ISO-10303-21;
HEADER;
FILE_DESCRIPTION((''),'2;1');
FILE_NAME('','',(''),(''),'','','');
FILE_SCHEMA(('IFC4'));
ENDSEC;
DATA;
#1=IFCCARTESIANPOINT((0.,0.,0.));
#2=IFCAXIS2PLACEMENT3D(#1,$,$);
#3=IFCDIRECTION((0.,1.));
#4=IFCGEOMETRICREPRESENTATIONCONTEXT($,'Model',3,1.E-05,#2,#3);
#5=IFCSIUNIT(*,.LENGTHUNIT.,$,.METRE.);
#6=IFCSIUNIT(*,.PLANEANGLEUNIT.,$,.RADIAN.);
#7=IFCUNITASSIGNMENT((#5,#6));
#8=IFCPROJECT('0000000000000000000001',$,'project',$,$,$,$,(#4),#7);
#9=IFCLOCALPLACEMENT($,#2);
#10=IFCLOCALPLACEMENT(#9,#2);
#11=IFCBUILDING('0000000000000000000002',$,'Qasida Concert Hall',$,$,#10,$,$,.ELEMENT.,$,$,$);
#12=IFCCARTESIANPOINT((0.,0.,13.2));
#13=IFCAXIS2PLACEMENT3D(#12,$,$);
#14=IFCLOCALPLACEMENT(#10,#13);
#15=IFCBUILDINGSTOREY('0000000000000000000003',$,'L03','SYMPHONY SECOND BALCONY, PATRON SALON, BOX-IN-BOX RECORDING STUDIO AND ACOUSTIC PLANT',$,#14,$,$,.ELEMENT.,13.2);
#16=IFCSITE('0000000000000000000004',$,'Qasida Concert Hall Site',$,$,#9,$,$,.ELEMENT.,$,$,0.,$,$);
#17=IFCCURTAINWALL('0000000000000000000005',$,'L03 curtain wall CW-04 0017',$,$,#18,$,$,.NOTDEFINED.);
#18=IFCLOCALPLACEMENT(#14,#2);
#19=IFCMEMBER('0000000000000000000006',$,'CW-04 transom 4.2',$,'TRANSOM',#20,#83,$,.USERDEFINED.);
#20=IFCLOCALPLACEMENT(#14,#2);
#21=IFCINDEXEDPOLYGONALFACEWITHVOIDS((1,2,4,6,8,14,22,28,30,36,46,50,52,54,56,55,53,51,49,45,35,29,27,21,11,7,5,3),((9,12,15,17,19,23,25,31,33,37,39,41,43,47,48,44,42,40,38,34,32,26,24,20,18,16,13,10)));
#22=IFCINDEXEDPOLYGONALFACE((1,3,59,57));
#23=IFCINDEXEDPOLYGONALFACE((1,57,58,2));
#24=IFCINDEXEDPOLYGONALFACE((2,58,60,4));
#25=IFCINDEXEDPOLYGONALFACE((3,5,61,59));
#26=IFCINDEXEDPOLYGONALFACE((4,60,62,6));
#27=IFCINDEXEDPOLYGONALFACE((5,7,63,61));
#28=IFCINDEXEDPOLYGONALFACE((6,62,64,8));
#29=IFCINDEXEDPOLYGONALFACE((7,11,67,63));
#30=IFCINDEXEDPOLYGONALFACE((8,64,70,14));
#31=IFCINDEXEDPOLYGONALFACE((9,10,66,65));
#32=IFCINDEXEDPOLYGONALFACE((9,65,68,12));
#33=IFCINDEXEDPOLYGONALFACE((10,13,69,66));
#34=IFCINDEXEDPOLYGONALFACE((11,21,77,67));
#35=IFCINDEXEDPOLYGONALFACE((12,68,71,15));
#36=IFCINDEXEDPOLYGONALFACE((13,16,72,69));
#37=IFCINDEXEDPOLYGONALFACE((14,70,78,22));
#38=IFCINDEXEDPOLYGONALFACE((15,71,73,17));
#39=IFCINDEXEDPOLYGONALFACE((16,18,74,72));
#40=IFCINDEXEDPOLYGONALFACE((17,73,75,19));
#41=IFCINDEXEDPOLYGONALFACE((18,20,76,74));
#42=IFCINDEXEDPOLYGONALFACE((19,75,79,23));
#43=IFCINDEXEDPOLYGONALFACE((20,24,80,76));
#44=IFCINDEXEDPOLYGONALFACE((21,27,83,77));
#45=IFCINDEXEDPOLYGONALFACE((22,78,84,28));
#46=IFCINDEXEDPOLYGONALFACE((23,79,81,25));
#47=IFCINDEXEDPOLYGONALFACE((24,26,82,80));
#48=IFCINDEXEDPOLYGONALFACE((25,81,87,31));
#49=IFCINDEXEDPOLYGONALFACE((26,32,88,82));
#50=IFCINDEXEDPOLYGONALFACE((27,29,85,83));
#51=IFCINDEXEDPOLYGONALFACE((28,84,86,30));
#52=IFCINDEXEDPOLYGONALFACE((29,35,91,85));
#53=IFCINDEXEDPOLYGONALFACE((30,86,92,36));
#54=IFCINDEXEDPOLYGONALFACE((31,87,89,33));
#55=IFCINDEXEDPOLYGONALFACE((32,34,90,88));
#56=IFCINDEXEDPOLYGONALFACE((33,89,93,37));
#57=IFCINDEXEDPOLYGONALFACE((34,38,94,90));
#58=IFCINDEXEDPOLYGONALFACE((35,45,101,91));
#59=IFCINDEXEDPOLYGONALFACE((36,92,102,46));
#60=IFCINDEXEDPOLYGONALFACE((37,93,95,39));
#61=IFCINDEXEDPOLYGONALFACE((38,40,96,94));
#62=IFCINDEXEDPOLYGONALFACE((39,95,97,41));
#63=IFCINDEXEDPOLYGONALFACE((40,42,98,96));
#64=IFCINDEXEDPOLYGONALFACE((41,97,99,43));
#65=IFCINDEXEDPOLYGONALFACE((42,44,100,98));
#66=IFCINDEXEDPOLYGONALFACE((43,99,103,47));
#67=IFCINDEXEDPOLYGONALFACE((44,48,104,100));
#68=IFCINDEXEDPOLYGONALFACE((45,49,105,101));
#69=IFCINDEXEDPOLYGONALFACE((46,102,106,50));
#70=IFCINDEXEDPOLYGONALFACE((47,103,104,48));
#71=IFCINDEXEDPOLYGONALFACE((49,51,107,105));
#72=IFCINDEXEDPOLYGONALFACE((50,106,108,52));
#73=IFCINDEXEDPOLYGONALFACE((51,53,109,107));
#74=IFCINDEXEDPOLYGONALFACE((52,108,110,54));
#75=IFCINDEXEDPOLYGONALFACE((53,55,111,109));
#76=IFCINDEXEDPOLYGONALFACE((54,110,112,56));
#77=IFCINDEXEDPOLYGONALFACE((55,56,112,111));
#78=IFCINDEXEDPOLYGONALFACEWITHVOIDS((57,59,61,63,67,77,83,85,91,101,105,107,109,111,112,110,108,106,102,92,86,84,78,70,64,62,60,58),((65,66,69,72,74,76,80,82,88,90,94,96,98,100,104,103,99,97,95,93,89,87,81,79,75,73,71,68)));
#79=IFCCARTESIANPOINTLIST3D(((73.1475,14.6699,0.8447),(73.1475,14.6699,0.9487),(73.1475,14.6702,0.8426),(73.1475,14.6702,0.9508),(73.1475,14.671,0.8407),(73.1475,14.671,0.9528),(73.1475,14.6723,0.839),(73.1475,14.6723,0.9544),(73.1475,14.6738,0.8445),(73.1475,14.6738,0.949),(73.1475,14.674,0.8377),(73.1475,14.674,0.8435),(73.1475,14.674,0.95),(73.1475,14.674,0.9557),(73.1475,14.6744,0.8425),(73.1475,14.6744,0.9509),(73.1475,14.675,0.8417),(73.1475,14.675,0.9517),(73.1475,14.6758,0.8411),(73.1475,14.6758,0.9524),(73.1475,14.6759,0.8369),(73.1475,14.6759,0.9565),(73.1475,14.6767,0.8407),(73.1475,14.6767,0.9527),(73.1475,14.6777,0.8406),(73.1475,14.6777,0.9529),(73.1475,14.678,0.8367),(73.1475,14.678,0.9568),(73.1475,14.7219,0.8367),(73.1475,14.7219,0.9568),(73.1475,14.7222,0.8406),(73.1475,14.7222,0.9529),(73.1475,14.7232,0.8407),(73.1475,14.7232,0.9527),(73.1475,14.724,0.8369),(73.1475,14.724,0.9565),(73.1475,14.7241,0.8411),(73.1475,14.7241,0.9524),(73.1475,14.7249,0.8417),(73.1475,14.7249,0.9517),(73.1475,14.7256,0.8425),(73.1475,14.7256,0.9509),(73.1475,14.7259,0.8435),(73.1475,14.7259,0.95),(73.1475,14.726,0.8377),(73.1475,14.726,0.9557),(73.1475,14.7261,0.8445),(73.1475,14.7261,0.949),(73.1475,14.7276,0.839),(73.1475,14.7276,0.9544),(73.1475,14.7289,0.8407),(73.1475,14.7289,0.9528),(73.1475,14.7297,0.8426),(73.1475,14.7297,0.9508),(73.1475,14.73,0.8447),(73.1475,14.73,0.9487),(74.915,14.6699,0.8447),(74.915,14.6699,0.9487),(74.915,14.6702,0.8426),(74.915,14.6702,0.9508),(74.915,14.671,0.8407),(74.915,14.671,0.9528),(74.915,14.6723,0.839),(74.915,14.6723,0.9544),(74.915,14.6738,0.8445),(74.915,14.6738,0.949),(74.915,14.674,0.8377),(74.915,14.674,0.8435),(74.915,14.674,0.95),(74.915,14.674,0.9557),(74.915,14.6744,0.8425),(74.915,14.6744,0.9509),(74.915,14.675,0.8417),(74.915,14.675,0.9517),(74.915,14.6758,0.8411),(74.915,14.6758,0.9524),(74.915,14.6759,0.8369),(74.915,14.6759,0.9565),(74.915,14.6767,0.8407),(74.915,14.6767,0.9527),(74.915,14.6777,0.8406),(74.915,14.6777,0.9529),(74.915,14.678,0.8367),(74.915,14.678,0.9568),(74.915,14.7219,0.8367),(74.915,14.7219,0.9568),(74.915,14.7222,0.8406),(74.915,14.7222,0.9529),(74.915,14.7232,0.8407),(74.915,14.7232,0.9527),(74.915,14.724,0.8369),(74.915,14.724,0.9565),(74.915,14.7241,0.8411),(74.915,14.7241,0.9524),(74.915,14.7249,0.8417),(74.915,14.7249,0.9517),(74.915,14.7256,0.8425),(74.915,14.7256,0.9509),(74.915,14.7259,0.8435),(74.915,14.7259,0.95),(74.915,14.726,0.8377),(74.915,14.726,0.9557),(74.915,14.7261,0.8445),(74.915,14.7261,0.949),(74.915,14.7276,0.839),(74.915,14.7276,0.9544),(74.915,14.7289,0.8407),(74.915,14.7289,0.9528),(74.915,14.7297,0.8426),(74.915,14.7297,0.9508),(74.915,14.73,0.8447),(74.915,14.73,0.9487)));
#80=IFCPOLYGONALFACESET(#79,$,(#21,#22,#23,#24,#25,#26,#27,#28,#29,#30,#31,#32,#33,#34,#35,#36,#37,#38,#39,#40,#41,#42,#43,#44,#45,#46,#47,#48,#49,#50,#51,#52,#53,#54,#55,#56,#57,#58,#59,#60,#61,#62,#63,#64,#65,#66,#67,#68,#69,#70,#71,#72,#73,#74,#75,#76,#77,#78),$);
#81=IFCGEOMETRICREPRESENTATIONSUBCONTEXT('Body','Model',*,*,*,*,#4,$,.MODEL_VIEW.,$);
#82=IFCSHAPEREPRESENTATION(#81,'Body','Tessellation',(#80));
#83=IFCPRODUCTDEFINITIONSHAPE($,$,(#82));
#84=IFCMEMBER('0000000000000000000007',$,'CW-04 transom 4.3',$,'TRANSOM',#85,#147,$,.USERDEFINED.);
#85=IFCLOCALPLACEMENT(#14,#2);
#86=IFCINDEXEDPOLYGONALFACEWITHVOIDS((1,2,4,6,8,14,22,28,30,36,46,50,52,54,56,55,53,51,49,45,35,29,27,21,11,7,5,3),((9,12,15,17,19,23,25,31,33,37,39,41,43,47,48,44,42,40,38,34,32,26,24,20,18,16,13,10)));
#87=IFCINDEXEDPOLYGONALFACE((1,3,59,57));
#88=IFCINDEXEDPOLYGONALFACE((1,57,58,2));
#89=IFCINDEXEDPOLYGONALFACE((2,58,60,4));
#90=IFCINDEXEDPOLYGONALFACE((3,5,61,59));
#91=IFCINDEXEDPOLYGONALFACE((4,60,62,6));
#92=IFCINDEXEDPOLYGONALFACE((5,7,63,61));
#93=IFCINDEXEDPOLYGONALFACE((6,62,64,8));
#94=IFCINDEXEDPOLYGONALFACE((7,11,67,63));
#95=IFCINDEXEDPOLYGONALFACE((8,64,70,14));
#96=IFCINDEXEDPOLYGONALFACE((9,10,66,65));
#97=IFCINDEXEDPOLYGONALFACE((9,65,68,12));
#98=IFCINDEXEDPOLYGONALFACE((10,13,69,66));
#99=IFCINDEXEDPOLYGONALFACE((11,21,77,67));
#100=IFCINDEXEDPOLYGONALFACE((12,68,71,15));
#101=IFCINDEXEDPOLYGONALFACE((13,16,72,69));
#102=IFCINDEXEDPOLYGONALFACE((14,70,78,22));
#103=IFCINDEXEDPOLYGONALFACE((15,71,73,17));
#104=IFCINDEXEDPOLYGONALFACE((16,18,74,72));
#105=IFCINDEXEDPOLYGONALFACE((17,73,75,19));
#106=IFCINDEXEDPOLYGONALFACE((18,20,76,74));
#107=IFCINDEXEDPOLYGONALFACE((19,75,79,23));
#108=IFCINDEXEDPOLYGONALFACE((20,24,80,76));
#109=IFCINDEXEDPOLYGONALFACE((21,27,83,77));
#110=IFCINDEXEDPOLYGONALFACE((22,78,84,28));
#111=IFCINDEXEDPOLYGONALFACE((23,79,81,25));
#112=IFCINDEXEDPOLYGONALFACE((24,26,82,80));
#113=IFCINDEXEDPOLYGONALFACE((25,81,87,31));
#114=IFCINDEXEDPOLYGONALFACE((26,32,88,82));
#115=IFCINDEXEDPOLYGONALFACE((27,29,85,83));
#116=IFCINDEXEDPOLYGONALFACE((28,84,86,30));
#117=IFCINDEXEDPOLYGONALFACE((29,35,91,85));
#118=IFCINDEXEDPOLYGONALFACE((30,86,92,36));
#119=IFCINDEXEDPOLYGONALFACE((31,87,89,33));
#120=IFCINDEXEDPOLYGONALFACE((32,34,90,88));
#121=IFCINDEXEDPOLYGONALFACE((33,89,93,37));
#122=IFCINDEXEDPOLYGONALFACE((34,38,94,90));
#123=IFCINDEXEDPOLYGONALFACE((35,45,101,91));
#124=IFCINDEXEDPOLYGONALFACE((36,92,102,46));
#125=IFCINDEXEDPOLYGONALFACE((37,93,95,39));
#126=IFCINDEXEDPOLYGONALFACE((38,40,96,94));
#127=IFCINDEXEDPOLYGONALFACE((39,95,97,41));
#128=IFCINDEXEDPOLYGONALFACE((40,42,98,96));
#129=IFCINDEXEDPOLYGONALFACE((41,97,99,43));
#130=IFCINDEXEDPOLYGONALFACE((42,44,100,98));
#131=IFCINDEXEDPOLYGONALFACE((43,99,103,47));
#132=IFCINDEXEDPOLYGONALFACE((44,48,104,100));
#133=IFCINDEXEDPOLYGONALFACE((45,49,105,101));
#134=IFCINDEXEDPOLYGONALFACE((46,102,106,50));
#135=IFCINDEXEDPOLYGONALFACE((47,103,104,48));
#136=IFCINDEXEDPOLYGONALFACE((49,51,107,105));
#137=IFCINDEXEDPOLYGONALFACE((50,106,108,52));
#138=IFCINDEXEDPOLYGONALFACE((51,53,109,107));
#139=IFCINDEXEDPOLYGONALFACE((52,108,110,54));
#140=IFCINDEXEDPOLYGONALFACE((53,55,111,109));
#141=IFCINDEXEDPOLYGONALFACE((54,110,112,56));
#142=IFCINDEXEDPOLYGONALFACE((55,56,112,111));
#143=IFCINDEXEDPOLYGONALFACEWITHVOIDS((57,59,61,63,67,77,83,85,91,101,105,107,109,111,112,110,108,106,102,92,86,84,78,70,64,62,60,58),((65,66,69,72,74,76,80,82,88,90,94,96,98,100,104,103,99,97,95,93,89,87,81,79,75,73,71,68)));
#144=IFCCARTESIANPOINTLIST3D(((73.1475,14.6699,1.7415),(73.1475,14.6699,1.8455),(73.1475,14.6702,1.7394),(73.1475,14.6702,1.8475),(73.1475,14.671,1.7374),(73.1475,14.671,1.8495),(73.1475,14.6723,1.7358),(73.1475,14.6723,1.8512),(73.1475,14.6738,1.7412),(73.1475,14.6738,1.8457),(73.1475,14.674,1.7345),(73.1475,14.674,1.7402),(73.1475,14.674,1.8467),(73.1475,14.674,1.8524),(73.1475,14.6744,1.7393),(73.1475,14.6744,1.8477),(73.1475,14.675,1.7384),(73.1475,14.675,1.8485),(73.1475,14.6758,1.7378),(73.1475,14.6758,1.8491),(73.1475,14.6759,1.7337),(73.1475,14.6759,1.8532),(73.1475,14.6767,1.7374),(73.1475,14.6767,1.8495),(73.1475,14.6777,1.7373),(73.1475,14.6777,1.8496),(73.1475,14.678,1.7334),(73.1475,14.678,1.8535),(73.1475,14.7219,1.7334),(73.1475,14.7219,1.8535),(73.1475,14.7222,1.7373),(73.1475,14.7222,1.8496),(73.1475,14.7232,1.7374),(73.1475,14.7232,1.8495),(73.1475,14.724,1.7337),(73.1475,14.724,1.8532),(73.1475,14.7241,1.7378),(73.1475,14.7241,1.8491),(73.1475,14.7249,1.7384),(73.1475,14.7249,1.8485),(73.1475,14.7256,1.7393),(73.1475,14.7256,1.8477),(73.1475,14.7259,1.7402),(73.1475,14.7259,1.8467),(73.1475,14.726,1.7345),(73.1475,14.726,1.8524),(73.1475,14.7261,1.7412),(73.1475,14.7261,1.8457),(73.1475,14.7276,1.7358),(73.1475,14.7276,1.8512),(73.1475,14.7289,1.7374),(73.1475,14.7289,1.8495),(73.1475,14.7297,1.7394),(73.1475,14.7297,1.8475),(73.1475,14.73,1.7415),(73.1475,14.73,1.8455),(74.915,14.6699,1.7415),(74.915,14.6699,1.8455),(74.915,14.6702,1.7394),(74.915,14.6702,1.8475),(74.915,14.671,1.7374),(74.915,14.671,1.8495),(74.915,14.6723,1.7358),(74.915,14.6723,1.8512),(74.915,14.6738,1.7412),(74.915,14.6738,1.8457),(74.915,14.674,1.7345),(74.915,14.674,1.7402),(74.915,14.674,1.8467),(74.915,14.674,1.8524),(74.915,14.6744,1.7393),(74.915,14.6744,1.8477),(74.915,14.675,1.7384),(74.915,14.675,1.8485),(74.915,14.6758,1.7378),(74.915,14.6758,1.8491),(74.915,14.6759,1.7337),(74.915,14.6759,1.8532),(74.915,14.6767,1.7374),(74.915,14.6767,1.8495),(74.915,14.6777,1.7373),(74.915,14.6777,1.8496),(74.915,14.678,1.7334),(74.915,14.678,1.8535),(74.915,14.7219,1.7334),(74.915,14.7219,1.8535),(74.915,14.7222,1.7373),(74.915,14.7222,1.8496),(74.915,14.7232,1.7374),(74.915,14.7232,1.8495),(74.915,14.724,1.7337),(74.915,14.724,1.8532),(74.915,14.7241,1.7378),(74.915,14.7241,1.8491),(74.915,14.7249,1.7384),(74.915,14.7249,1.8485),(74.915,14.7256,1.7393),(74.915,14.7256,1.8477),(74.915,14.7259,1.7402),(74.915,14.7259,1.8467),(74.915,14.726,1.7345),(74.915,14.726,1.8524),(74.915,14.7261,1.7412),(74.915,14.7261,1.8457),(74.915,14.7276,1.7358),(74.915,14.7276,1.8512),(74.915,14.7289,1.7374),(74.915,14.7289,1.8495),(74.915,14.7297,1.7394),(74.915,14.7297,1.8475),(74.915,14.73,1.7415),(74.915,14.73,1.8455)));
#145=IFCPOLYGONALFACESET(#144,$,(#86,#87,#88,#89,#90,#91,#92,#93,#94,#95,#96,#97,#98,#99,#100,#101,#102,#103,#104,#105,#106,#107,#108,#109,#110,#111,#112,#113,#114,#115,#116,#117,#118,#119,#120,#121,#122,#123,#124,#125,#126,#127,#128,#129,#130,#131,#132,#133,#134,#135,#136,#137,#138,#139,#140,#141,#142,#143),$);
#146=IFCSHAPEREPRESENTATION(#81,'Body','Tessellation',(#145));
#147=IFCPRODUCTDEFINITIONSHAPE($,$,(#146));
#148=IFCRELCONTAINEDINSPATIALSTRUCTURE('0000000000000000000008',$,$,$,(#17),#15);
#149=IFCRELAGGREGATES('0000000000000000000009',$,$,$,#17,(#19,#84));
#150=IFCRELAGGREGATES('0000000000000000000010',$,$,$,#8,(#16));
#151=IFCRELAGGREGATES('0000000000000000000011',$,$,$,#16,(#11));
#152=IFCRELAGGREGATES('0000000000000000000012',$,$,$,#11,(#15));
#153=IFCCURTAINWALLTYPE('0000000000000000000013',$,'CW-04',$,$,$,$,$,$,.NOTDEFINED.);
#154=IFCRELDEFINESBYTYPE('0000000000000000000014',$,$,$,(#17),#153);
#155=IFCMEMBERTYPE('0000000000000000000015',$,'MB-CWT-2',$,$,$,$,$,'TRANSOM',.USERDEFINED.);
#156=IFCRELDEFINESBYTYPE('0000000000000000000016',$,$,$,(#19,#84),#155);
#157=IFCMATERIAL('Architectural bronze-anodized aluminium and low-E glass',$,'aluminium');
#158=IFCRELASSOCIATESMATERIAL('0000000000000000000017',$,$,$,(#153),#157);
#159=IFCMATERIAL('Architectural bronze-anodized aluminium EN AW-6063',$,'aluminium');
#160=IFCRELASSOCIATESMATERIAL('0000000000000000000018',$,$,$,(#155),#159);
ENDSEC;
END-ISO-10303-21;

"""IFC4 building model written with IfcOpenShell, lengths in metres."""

from ifc_helpers import new_model, si_unit, direction, frame, origin, origin_2d, place, context, subcontext, project, spatial, hollow_rectangle, extrude, material, material_profile, profile_set, type_object, element, aggregate, save


model = new_model("IFC4")

# Units and contexts
model_context = context("Model", 3, precision=1e-05, world=origin(), true_north=direction((0.0, 1.0)))
body_context = subcontext(model_context, "Body", "Model", "MODEL_VIEW")
ifc_project = project(units=[si_unit("LENGTHUNIT", "METRE"), si_unit("PLANEANGLEUNIT", "RADIAN")], contexts=[model_context])

# Site, building, storey
site_placement = place(None, origin())
site = spatial("IfcSite", under=ifc_project, at=site_placement, Name="Qasida Concert Hall Site", CompositionType="ELEMENT", RefElevation=0.0)
building_placement = place(site_placement, origin())
building = spatial("IfcBuilding", under=site, at=building_placement, Name="Qasida Concert Hall", CompositionType="ELEMENT")
storey_placement = place(building_placement, frame((0.0, 0.0, 13.2)))
storey = spatial("IfcBuildingStorey", under=building, at=storey_placement, Name="L03", Description="SYMPHONY SECOND BALCONY, PATRON SALON, BOX-IN-BOX RECORDING STUDIO AND ACOUSTIC PLANT", CompositionType="ELEMENT", Elevation=13.2)

# Curtain wall
ifc_material_1 = material(Name="Architectural bronze-anodized aluminium and low-E glass", Category="aluminium")
curtain_wall_type = type_object("IfcCurtainWallType", Name="CW-04", PredefinedType="NOTDEFINED", material=ifc_material_1)
curtain_wall_1_placement = place(storey_placement, origin())
curtain_wall_1 = element("IfcCurtainWall", 1, at=curtain_wall_1_placement, inside=storey, type_object=curtain_wall_type, Name="L03 curtain wall CW-04 0017", PredefinedType="NOTDEFINED")
ifc_material_2 = material(Name="Architectural bronze-anodized aluminium EN AW-6063", Category="aluminium")

# Members
ifc_material_profile_1 = material_profile(ifc_material_2, hollow_rectangle(XDim=0.0601, YDim=0.1201, WallThickness=0.0039, InnerFilletRadius=0.0039, OuterFilletRadius=0.0081, at=origin_2d()), Name="CWT 120x60x4")
ifc_profile_set_1 = profile_set([ifc_material_profile_1], Name="Architectural bronze-anodized aluminium EN AW-6063")
member_type_1 = type_object("IfcMemberType", Name="MB-CWT-2", ElementType="TRANSOM", PredefinedType="USERDEFINED", material=ifc_profile_set_1)
member_1_placement = place(storey_placement, frame((73.1475, 14.7, 0.8967), z_axis=(1.0, 0.0, 0.0), x_axis=(0.0, 1.0, 0.0)))
member_1 = element("IfcMember", 2, at=member_1_placement, type_object=member_type_1, Name="CW-04 transom 4.2", ObjectType="TRANSOM", PredefinedType="USERDEFINED", context=body_context, shape_type="SweptSolid", body=[
    extrude(hollow_rectangle(XDim=0.0601, YDim=0.1201, WallThickness=0.0039, InnerFilletRadius=0.0039, OuterFilletRadius=0.0081, at=origin_2d()), origin(), (0.0, 0.0, 1.0), 1.7676),
])
member_2_placement = place(storey_placement, frame((73.1475, 14.7, 1.7935), z_axis=(1.0, 0.0, 0.0), x_axis=(0.0, 1.0, 0.0)))
member_2 = element("IfcMember", 3, at=member_2_placement, type_object=member_type_1, Name="CW-04 transom 4.3", ObjectType="TRANSOM", PredefinedType="USERDEFINED", context=body_context, shape_type="SweptSolid", body=[
    extrude(hollow_rectangle(XDim=0.0601, YDim=0.1201, WallThickness=0.0039, InnerFilletRadius=0.0039, OuterFilletRadius=0.0081, at=origin_2d()), origin(), (0.0, 0.0, 1.0), 1.7676),
])

aggregate(curtain_wall_1, [member_1, member_2])

save(model, "model.ifc")
